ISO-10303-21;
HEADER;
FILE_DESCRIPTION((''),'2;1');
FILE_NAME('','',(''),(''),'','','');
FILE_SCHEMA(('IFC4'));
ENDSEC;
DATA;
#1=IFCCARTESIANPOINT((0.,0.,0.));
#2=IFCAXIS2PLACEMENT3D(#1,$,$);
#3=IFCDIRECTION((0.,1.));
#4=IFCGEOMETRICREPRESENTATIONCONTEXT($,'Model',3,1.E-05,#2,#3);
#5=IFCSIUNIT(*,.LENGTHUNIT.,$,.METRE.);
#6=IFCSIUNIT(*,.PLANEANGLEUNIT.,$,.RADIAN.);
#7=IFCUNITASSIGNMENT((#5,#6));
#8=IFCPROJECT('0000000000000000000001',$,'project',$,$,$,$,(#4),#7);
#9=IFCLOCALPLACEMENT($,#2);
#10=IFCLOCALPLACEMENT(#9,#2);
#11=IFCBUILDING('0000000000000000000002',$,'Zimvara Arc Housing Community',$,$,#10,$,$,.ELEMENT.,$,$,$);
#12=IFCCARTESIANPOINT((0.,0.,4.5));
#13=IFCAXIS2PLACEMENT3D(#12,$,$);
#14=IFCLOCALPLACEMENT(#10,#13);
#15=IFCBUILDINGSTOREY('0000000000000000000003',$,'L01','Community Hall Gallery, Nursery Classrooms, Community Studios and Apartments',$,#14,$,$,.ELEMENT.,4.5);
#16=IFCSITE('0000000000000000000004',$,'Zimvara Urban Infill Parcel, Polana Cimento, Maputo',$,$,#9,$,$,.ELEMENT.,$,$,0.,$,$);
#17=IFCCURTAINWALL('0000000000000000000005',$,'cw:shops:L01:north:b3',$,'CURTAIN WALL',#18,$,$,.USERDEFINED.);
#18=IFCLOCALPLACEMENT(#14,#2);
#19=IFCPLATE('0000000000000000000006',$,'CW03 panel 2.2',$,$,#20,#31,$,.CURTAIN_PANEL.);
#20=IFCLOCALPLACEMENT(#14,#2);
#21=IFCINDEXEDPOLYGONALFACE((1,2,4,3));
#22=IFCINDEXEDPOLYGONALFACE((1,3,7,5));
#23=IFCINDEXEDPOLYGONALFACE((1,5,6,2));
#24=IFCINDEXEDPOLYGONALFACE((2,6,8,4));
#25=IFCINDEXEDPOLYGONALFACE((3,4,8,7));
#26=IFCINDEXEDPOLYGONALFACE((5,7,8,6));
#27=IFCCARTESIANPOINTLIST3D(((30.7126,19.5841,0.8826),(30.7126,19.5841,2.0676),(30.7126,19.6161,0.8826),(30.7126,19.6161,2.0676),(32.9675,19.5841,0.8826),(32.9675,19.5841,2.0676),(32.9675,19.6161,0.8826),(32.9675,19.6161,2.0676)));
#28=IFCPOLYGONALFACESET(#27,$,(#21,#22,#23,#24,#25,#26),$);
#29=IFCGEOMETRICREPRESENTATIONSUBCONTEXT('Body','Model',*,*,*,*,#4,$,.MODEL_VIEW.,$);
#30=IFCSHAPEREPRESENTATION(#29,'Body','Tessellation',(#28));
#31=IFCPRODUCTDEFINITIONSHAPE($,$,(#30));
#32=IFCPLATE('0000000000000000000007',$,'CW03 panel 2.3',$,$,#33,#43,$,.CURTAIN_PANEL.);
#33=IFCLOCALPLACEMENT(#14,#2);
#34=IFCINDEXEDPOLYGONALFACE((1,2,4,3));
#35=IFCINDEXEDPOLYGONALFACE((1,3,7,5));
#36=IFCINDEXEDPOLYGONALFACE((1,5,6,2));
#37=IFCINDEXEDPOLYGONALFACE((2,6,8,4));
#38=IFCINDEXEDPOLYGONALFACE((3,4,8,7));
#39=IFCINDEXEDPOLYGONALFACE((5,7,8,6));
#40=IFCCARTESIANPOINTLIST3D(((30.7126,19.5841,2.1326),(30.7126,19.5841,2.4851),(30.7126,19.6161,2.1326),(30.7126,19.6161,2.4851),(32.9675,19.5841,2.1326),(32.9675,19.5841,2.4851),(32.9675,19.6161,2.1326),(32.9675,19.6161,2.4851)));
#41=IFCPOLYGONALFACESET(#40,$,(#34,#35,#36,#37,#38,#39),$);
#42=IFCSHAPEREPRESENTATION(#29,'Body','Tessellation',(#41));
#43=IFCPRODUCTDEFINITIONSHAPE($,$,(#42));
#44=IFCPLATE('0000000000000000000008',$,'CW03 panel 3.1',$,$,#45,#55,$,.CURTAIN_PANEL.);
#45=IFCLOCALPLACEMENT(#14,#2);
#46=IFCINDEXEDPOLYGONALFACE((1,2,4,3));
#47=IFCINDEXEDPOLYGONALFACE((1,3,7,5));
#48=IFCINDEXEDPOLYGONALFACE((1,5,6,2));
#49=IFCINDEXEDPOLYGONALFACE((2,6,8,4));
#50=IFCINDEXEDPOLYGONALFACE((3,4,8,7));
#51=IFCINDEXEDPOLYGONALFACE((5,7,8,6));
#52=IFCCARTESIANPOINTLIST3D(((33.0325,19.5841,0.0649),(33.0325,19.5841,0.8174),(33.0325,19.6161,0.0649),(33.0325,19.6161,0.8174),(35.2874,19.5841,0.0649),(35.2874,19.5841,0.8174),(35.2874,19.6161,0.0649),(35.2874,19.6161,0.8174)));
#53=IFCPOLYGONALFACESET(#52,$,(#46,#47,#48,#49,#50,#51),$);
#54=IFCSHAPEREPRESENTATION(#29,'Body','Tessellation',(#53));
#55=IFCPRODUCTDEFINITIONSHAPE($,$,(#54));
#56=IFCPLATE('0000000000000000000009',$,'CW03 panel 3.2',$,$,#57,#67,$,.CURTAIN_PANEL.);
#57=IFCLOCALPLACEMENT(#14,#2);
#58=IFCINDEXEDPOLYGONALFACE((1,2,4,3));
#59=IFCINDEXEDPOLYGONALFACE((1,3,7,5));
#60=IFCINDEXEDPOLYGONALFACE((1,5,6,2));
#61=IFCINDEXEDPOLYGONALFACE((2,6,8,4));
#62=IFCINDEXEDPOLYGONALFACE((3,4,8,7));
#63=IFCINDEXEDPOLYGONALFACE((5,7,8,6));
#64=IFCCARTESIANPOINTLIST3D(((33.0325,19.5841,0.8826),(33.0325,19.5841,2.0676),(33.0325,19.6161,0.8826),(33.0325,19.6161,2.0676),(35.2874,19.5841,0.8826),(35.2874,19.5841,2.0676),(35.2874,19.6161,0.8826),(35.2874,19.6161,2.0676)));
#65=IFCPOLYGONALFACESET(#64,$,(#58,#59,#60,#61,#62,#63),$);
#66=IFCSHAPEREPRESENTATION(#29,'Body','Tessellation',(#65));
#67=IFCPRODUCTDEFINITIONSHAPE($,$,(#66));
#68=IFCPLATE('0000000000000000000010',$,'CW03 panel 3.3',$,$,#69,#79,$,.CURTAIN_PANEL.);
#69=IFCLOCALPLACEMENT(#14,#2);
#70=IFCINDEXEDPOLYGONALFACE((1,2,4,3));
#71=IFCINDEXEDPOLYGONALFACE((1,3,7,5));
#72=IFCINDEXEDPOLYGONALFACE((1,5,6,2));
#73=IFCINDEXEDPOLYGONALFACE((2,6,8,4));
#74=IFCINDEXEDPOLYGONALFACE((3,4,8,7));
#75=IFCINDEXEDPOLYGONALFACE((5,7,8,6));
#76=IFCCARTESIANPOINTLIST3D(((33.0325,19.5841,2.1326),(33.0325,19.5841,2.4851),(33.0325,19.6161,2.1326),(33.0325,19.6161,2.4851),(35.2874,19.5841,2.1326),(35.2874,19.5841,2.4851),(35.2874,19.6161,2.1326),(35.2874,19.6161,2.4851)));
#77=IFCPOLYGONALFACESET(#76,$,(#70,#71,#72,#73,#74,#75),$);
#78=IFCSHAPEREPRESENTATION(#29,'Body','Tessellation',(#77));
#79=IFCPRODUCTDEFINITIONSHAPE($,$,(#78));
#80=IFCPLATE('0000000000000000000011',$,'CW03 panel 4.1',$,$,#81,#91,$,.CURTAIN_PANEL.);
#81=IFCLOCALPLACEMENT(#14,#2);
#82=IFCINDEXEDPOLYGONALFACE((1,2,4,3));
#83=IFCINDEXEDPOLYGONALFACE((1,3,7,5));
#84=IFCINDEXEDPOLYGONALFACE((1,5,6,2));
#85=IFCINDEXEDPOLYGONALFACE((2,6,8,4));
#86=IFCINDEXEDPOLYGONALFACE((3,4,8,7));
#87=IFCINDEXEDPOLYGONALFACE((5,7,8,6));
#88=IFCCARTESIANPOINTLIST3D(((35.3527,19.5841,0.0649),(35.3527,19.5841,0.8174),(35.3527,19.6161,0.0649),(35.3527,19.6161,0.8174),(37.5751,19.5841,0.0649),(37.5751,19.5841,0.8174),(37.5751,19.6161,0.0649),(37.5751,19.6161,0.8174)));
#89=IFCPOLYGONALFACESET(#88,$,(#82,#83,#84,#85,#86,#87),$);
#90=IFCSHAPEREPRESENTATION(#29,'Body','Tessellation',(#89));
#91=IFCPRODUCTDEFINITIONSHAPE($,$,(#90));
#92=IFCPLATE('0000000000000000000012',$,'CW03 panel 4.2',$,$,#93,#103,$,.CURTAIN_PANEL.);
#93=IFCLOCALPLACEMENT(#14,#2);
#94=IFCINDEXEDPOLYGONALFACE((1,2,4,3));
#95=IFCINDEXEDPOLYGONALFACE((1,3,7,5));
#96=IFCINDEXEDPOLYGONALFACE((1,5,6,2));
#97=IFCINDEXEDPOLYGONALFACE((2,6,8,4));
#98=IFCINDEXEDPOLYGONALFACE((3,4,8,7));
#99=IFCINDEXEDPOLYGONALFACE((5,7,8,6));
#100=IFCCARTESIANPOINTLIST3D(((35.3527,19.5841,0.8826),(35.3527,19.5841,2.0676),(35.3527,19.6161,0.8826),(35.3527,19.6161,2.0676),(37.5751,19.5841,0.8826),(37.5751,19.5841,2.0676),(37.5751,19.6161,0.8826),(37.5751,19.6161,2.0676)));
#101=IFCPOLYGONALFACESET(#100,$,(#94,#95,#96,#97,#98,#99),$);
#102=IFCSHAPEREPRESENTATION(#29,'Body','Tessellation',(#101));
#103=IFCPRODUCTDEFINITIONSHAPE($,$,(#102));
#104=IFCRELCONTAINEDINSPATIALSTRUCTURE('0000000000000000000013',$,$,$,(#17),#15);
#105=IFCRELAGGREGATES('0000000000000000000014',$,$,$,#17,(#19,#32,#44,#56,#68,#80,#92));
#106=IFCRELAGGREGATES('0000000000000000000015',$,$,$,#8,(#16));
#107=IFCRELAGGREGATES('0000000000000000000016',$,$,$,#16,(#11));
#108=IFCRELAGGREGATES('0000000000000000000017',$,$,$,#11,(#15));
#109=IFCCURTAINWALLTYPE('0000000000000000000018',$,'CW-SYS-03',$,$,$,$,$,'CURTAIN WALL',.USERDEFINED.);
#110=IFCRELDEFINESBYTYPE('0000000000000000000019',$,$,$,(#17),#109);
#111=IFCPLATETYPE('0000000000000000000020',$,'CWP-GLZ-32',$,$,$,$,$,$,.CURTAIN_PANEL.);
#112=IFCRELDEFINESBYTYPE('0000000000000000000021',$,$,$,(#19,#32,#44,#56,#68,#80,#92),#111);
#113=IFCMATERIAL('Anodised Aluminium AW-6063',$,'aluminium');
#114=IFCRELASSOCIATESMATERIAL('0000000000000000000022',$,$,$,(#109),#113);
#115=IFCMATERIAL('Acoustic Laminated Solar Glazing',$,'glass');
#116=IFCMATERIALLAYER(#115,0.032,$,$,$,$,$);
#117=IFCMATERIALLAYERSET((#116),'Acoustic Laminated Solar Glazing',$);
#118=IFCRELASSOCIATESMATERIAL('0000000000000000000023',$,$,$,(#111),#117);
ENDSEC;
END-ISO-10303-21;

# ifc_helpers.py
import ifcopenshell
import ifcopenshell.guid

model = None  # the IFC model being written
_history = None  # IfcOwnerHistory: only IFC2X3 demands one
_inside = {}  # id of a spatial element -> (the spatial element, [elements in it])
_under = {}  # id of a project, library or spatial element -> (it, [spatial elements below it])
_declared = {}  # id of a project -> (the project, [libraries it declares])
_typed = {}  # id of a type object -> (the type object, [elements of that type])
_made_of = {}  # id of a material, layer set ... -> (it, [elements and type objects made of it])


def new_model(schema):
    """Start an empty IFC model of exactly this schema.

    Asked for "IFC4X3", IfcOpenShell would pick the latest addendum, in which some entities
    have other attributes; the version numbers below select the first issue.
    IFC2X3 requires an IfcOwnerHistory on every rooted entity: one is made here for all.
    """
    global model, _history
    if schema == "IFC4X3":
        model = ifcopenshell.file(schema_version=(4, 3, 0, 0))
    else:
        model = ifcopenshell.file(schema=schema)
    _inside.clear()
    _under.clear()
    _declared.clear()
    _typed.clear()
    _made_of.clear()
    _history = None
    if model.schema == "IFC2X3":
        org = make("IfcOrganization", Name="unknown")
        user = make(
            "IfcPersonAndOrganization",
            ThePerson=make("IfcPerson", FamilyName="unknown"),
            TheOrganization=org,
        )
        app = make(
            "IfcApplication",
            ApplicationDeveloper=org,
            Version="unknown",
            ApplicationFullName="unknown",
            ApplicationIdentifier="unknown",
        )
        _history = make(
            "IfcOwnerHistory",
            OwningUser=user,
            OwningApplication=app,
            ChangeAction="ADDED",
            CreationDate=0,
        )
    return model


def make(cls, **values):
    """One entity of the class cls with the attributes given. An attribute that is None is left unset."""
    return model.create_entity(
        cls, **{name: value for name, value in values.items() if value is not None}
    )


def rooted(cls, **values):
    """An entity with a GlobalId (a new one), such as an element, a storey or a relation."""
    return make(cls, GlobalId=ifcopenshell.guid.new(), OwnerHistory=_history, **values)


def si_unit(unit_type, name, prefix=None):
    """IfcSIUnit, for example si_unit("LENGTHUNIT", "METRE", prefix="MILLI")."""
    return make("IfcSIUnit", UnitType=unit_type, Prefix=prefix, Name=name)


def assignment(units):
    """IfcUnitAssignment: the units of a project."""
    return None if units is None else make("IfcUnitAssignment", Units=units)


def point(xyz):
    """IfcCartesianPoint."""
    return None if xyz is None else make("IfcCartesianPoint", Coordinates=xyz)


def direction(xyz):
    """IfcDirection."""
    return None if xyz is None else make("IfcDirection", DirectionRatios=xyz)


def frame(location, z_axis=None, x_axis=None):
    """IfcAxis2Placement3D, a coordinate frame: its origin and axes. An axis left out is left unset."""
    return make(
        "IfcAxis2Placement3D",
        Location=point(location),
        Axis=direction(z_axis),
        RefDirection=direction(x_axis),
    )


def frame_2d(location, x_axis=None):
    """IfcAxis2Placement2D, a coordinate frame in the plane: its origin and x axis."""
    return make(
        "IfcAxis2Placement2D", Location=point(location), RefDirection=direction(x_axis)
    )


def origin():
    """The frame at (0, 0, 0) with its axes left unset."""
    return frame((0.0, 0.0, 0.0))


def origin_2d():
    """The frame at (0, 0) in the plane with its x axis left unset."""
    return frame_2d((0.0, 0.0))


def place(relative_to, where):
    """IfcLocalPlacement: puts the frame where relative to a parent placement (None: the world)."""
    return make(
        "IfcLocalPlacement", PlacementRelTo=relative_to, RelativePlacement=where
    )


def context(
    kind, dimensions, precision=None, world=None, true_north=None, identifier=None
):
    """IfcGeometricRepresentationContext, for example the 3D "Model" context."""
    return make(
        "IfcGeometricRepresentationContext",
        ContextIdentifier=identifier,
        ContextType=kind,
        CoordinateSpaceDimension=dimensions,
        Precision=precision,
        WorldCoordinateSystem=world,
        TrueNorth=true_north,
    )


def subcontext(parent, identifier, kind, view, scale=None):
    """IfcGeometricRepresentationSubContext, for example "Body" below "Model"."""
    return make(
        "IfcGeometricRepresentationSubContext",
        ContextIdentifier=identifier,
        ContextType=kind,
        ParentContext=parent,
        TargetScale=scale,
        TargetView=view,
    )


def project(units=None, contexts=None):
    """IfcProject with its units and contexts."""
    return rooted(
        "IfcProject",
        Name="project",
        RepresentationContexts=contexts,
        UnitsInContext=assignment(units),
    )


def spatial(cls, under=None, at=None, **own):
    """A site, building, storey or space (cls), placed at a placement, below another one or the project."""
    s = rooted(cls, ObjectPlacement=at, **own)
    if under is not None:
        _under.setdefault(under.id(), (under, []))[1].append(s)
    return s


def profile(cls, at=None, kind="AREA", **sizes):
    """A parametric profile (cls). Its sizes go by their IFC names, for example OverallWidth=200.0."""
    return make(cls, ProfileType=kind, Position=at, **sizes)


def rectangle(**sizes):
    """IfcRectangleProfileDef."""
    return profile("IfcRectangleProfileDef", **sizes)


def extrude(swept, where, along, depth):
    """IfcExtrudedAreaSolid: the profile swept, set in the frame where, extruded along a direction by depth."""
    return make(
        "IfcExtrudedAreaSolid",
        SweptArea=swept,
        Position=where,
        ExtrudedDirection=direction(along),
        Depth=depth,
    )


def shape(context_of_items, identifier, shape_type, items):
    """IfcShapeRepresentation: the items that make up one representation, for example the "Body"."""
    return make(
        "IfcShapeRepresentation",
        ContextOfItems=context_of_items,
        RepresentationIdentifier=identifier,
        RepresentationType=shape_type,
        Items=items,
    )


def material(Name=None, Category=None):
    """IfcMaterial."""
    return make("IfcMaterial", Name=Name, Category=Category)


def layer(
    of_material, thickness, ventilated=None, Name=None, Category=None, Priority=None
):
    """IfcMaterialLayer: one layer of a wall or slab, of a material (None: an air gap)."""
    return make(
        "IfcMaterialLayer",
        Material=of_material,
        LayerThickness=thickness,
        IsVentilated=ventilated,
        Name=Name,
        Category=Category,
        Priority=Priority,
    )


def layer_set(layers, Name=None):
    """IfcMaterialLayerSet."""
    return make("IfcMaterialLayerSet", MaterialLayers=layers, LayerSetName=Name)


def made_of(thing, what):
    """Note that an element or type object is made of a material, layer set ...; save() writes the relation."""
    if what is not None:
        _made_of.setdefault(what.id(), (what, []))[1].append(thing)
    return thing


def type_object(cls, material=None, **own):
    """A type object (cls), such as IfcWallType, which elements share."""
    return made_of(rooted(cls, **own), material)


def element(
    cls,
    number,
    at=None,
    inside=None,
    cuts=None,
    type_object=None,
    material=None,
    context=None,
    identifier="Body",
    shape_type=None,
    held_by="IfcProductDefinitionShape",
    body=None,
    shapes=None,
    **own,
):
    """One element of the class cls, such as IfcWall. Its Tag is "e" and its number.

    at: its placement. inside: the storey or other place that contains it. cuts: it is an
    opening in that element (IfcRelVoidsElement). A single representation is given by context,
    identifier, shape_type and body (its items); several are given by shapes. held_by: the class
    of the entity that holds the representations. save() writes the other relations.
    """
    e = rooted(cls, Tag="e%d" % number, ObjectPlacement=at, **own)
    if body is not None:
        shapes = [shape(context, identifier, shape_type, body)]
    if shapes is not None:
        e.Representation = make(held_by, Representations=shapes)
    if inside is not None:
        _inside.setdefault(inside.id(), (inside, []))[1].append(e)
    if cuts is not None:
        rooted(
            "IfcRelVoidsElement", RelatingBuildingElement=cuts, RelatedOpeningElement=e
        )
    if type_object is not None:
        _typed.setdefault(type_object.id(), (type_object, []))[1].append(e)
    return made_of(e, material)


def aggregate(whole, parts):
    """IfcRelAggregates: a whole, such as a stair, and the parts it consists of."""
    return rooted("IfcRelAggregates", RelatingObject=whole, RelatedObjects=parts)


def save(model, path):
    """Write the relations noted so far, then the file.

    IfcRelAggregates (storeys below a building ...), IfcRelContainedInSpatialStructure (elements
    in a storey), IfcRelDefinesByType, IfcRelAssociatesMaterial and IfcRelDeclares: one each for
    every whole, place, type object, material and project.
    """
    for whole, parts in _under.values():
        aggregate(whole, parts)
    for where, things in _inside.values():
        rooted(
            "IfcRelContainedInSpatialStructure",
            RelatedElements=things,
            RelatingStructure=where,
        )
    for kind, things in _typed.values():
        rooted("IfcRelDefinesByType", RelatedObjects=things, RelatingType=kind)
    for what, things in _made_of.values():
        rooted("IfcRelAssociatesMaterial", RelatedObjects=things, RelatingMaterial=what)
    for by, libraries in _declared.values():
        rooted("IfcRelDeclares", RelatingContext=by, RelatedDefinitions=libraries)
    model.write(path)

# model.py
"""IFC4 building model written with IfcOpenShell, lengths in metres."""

from ifc_helpers import new_model, si_unit, direction, frame, origin, origin_2d, place, context, subcontext, project, spatial, rectangle, extrude, material, layer, layer_set, type_object, element, aggregate, save


model = new_model("IFC4")

# Units and contexts
model_context = context("Model", 3, precision=1e-05, world=origin(), true_north=direction((0.0, 1.0)))
body_context = subcontext(model_context, "Body", "Model", "MODEL_VIEW")
ifc_project = project(units=[si_unit("LENGTHUNIT", "METRE"), si_unit("PLANEANGLEUNIT", "RADIAN")], contexts=[model_context])

# Site, building, storey
site_placement = place(None, origin())
site = spatial("IfcSite", under=ifc_project, at=site_placement, Name="Zimvara Urban Infill Parcel, Polana Cimento, Maputo", CompositionType="ELEMENT", RefElevation=0.0)
building_placement = place(site_placement, origin())
building = spatial("IfcBuilding", under=site, at=building_placement, Name="Zimvara Arc Housing Community", CompositionType="ELEMENT")
storey_placement = place(building_placement, frame((0.0, 0.0, 4.5)))
storey = spatial("IfcBuildingStorey", under=building, at=storey_placement, Name="L01", Description="Community Hall Gallery, Nursery Classrooms, Community Studios and Apartments", CompositionType="ELEMENT", Elevation=4.5)

# Curtain wall, plates
ifc_material_1 = material(Name="Anodised Aluminium AW-6063", Category="aluminium")
curtain_wall_type = type_object("IfcCurtainWallType", Name="CW-SYS-03", ElementType="CURTAIN WALL", PredefinedType="USERDEFINED", material=ifc_material_1)
curtain_wall_placement = place(storey_placement, origin())
curtain_wall = element("IfcCurtainWall", 1, at=curtain_wall_placement, inside=storey, type_object=curtain_wall_type, Name="cw:shops:L01:north:b3", ObjectType="CURTAIN WALL", PredefinedType="USERDEFINED")
ifc_material_2 = material(Name="Acoustic Laminated Solar Glazing", Category="glass")
ifc_layer = layer(ifc_material_2, 0.032)
ifc_layer_set = layer_set([ifc_layer], Name="Acoustic Laminated Solar Glazing")
plate_type = type_object("IfcPlateType", Name="CWP-GLZ-32", PredefinedType="CURTAIN_PANEL", material=ifc_layer_set)
plate_1_placement = place(storey_placement, frame((31.8401, 19.6001, 0.8826), z_axis=(0.0, 0.0, 1.0), x_axis=(1.0, 0.0, 0.0)))
plate_1 = element("IfcPlate", 2, at=plate_1_placement, type_object=plate_type, Name="CW03 panel 2.2", PredefinedType="CURTAIN_PANEL", context=body_context, shape_type="SweptSolid", body=[
    extrude(rectangle(XDim=2.2549, YDim=0.032, at=origin_2d()), origin(), (0.0, 0.0, 1.0), 1.1851),
])
plate_2_placement = place(storey_placement, frame((31.8401, 19.6001, 2.1326), z_axis=(0.0, 0.0, 1.0), x_axis=(1.0, 0.0, 0.0)))
plate_2 = element("IfcPlate", 3, at=plate_2_placement, type_object=plate_type, Name="CW03 panel 2.3", PredefinedType="CURTAIN_PANEL", context=body_context, shape_type="SweptSolid", body=[
    extrude(rectangle(XDim=2.2549, YDim=0.032, at=origin_2d()), origin(), (0.0, 0.0, 1.0), 0.3525),
])
plate_3_placement = place(storey_placement, frame((34.1599, 19.6001, 0.0649), z_axis=(0.0, 0.0, 1.0), x_axis=(1.0, 0.0, 0.0)))
plate_3 = element("IfcPlate", 4, at=plate_3_placement, type_object=plate_type, Name="CW03 panel 3.1", PredefinedType="CURTAIN_PANEL", context=body_context, shape_type="SweptSolid", body=[
    extrude(rectangle(XDim=2.2549, YDim=0.032, at=origin_2d()), origin(), (0.0, 0.0, 1.0), 0.7524),
])
plate_4_placement = place(storey_placement, frame((34.1599, 19.6001, 0.8826), z_axis=(0.0, 0.0, 1.0), x_axis=(1.0, 0.0, 0.0)))
plate_4 = element("IfcPlate", 5, at=plate_4_placement, type_object=plate_type, Name="CW03 panel 3.2", PredefinedType="CURTAIN_PANEL", context=body_context, shape_type="SweptSolid", body=[
    extrude(rectangle(XDim=2.2549, YDim=0.032, at=origin_2d()), origin(), (0.0, 0.0, 1.0), 1.1851),
])
plate_5_placement = place(storey_placement, frame((34.1599, 19.6001, 2.1326), z_axis=(0.0, 0.0, 1.0), x_axis=(1.0, 0.0, 0.0)))
plate_5 = element("IfcPlate", 6, at=plate_5_placement, type_object=plate_type, Name="CW03 panel 3.3", PredefinedType="CURTAIN_PANEL", context=body_context, shape_type="SweptSolid", body=[
    extrude(rectangle(XDim=2.2549, YDim=0.032, at=origin_2d()), origin(), (0.0, 0.0, 1.0), 0.3525),
])
plate_6_placement = place(storey_placement, frame((36.4639, 19.6001, 0.0649), z_axis=(0.0, 0.0, 1.0), x_axis=(1.0, 0.0, 0.0)))
plate_6 = element("IfcPlate", 7, at=plate_6_placement, type_object=plate_type, Name="CW03 panel 4.1", PredefinedType="CURTAIN_PANEL", context=body_context, shape_type="SweptSolid", body=[
    extrude(rectangle(XDim=2.2224, YDim=0.032, at=origin_2d()), origin(), (0.0, 0.0, 1.0), 0.7524),
])
plate_7_placement = place(storey_placement, frame((36.4639, 19.6001, 0.8826), z_axis=(0.0, 0.0, 1.0), x_axis=(1.0, 0.0, 0.0)))
plate_7 = element("IfcPlate", 8, at=plate_7_placement, type_object=plate_type, Name="CW03 panel 4.2", PredefinedType="CURTAIN_PANEL", context=body_context, shape_type="SweptSolid", body=[
    extrude(rectangle(XDim=2.2224, YDim=0.032, at=origin_2d()), origin(), (0.0, 0.0, 1.0), 1.1851),
])
aggregate(curtain_wall, [plate_1, plate_2, plate_3, plate_4, plate_5, plate_6, plate_7])

save(model, "model.ifc")
